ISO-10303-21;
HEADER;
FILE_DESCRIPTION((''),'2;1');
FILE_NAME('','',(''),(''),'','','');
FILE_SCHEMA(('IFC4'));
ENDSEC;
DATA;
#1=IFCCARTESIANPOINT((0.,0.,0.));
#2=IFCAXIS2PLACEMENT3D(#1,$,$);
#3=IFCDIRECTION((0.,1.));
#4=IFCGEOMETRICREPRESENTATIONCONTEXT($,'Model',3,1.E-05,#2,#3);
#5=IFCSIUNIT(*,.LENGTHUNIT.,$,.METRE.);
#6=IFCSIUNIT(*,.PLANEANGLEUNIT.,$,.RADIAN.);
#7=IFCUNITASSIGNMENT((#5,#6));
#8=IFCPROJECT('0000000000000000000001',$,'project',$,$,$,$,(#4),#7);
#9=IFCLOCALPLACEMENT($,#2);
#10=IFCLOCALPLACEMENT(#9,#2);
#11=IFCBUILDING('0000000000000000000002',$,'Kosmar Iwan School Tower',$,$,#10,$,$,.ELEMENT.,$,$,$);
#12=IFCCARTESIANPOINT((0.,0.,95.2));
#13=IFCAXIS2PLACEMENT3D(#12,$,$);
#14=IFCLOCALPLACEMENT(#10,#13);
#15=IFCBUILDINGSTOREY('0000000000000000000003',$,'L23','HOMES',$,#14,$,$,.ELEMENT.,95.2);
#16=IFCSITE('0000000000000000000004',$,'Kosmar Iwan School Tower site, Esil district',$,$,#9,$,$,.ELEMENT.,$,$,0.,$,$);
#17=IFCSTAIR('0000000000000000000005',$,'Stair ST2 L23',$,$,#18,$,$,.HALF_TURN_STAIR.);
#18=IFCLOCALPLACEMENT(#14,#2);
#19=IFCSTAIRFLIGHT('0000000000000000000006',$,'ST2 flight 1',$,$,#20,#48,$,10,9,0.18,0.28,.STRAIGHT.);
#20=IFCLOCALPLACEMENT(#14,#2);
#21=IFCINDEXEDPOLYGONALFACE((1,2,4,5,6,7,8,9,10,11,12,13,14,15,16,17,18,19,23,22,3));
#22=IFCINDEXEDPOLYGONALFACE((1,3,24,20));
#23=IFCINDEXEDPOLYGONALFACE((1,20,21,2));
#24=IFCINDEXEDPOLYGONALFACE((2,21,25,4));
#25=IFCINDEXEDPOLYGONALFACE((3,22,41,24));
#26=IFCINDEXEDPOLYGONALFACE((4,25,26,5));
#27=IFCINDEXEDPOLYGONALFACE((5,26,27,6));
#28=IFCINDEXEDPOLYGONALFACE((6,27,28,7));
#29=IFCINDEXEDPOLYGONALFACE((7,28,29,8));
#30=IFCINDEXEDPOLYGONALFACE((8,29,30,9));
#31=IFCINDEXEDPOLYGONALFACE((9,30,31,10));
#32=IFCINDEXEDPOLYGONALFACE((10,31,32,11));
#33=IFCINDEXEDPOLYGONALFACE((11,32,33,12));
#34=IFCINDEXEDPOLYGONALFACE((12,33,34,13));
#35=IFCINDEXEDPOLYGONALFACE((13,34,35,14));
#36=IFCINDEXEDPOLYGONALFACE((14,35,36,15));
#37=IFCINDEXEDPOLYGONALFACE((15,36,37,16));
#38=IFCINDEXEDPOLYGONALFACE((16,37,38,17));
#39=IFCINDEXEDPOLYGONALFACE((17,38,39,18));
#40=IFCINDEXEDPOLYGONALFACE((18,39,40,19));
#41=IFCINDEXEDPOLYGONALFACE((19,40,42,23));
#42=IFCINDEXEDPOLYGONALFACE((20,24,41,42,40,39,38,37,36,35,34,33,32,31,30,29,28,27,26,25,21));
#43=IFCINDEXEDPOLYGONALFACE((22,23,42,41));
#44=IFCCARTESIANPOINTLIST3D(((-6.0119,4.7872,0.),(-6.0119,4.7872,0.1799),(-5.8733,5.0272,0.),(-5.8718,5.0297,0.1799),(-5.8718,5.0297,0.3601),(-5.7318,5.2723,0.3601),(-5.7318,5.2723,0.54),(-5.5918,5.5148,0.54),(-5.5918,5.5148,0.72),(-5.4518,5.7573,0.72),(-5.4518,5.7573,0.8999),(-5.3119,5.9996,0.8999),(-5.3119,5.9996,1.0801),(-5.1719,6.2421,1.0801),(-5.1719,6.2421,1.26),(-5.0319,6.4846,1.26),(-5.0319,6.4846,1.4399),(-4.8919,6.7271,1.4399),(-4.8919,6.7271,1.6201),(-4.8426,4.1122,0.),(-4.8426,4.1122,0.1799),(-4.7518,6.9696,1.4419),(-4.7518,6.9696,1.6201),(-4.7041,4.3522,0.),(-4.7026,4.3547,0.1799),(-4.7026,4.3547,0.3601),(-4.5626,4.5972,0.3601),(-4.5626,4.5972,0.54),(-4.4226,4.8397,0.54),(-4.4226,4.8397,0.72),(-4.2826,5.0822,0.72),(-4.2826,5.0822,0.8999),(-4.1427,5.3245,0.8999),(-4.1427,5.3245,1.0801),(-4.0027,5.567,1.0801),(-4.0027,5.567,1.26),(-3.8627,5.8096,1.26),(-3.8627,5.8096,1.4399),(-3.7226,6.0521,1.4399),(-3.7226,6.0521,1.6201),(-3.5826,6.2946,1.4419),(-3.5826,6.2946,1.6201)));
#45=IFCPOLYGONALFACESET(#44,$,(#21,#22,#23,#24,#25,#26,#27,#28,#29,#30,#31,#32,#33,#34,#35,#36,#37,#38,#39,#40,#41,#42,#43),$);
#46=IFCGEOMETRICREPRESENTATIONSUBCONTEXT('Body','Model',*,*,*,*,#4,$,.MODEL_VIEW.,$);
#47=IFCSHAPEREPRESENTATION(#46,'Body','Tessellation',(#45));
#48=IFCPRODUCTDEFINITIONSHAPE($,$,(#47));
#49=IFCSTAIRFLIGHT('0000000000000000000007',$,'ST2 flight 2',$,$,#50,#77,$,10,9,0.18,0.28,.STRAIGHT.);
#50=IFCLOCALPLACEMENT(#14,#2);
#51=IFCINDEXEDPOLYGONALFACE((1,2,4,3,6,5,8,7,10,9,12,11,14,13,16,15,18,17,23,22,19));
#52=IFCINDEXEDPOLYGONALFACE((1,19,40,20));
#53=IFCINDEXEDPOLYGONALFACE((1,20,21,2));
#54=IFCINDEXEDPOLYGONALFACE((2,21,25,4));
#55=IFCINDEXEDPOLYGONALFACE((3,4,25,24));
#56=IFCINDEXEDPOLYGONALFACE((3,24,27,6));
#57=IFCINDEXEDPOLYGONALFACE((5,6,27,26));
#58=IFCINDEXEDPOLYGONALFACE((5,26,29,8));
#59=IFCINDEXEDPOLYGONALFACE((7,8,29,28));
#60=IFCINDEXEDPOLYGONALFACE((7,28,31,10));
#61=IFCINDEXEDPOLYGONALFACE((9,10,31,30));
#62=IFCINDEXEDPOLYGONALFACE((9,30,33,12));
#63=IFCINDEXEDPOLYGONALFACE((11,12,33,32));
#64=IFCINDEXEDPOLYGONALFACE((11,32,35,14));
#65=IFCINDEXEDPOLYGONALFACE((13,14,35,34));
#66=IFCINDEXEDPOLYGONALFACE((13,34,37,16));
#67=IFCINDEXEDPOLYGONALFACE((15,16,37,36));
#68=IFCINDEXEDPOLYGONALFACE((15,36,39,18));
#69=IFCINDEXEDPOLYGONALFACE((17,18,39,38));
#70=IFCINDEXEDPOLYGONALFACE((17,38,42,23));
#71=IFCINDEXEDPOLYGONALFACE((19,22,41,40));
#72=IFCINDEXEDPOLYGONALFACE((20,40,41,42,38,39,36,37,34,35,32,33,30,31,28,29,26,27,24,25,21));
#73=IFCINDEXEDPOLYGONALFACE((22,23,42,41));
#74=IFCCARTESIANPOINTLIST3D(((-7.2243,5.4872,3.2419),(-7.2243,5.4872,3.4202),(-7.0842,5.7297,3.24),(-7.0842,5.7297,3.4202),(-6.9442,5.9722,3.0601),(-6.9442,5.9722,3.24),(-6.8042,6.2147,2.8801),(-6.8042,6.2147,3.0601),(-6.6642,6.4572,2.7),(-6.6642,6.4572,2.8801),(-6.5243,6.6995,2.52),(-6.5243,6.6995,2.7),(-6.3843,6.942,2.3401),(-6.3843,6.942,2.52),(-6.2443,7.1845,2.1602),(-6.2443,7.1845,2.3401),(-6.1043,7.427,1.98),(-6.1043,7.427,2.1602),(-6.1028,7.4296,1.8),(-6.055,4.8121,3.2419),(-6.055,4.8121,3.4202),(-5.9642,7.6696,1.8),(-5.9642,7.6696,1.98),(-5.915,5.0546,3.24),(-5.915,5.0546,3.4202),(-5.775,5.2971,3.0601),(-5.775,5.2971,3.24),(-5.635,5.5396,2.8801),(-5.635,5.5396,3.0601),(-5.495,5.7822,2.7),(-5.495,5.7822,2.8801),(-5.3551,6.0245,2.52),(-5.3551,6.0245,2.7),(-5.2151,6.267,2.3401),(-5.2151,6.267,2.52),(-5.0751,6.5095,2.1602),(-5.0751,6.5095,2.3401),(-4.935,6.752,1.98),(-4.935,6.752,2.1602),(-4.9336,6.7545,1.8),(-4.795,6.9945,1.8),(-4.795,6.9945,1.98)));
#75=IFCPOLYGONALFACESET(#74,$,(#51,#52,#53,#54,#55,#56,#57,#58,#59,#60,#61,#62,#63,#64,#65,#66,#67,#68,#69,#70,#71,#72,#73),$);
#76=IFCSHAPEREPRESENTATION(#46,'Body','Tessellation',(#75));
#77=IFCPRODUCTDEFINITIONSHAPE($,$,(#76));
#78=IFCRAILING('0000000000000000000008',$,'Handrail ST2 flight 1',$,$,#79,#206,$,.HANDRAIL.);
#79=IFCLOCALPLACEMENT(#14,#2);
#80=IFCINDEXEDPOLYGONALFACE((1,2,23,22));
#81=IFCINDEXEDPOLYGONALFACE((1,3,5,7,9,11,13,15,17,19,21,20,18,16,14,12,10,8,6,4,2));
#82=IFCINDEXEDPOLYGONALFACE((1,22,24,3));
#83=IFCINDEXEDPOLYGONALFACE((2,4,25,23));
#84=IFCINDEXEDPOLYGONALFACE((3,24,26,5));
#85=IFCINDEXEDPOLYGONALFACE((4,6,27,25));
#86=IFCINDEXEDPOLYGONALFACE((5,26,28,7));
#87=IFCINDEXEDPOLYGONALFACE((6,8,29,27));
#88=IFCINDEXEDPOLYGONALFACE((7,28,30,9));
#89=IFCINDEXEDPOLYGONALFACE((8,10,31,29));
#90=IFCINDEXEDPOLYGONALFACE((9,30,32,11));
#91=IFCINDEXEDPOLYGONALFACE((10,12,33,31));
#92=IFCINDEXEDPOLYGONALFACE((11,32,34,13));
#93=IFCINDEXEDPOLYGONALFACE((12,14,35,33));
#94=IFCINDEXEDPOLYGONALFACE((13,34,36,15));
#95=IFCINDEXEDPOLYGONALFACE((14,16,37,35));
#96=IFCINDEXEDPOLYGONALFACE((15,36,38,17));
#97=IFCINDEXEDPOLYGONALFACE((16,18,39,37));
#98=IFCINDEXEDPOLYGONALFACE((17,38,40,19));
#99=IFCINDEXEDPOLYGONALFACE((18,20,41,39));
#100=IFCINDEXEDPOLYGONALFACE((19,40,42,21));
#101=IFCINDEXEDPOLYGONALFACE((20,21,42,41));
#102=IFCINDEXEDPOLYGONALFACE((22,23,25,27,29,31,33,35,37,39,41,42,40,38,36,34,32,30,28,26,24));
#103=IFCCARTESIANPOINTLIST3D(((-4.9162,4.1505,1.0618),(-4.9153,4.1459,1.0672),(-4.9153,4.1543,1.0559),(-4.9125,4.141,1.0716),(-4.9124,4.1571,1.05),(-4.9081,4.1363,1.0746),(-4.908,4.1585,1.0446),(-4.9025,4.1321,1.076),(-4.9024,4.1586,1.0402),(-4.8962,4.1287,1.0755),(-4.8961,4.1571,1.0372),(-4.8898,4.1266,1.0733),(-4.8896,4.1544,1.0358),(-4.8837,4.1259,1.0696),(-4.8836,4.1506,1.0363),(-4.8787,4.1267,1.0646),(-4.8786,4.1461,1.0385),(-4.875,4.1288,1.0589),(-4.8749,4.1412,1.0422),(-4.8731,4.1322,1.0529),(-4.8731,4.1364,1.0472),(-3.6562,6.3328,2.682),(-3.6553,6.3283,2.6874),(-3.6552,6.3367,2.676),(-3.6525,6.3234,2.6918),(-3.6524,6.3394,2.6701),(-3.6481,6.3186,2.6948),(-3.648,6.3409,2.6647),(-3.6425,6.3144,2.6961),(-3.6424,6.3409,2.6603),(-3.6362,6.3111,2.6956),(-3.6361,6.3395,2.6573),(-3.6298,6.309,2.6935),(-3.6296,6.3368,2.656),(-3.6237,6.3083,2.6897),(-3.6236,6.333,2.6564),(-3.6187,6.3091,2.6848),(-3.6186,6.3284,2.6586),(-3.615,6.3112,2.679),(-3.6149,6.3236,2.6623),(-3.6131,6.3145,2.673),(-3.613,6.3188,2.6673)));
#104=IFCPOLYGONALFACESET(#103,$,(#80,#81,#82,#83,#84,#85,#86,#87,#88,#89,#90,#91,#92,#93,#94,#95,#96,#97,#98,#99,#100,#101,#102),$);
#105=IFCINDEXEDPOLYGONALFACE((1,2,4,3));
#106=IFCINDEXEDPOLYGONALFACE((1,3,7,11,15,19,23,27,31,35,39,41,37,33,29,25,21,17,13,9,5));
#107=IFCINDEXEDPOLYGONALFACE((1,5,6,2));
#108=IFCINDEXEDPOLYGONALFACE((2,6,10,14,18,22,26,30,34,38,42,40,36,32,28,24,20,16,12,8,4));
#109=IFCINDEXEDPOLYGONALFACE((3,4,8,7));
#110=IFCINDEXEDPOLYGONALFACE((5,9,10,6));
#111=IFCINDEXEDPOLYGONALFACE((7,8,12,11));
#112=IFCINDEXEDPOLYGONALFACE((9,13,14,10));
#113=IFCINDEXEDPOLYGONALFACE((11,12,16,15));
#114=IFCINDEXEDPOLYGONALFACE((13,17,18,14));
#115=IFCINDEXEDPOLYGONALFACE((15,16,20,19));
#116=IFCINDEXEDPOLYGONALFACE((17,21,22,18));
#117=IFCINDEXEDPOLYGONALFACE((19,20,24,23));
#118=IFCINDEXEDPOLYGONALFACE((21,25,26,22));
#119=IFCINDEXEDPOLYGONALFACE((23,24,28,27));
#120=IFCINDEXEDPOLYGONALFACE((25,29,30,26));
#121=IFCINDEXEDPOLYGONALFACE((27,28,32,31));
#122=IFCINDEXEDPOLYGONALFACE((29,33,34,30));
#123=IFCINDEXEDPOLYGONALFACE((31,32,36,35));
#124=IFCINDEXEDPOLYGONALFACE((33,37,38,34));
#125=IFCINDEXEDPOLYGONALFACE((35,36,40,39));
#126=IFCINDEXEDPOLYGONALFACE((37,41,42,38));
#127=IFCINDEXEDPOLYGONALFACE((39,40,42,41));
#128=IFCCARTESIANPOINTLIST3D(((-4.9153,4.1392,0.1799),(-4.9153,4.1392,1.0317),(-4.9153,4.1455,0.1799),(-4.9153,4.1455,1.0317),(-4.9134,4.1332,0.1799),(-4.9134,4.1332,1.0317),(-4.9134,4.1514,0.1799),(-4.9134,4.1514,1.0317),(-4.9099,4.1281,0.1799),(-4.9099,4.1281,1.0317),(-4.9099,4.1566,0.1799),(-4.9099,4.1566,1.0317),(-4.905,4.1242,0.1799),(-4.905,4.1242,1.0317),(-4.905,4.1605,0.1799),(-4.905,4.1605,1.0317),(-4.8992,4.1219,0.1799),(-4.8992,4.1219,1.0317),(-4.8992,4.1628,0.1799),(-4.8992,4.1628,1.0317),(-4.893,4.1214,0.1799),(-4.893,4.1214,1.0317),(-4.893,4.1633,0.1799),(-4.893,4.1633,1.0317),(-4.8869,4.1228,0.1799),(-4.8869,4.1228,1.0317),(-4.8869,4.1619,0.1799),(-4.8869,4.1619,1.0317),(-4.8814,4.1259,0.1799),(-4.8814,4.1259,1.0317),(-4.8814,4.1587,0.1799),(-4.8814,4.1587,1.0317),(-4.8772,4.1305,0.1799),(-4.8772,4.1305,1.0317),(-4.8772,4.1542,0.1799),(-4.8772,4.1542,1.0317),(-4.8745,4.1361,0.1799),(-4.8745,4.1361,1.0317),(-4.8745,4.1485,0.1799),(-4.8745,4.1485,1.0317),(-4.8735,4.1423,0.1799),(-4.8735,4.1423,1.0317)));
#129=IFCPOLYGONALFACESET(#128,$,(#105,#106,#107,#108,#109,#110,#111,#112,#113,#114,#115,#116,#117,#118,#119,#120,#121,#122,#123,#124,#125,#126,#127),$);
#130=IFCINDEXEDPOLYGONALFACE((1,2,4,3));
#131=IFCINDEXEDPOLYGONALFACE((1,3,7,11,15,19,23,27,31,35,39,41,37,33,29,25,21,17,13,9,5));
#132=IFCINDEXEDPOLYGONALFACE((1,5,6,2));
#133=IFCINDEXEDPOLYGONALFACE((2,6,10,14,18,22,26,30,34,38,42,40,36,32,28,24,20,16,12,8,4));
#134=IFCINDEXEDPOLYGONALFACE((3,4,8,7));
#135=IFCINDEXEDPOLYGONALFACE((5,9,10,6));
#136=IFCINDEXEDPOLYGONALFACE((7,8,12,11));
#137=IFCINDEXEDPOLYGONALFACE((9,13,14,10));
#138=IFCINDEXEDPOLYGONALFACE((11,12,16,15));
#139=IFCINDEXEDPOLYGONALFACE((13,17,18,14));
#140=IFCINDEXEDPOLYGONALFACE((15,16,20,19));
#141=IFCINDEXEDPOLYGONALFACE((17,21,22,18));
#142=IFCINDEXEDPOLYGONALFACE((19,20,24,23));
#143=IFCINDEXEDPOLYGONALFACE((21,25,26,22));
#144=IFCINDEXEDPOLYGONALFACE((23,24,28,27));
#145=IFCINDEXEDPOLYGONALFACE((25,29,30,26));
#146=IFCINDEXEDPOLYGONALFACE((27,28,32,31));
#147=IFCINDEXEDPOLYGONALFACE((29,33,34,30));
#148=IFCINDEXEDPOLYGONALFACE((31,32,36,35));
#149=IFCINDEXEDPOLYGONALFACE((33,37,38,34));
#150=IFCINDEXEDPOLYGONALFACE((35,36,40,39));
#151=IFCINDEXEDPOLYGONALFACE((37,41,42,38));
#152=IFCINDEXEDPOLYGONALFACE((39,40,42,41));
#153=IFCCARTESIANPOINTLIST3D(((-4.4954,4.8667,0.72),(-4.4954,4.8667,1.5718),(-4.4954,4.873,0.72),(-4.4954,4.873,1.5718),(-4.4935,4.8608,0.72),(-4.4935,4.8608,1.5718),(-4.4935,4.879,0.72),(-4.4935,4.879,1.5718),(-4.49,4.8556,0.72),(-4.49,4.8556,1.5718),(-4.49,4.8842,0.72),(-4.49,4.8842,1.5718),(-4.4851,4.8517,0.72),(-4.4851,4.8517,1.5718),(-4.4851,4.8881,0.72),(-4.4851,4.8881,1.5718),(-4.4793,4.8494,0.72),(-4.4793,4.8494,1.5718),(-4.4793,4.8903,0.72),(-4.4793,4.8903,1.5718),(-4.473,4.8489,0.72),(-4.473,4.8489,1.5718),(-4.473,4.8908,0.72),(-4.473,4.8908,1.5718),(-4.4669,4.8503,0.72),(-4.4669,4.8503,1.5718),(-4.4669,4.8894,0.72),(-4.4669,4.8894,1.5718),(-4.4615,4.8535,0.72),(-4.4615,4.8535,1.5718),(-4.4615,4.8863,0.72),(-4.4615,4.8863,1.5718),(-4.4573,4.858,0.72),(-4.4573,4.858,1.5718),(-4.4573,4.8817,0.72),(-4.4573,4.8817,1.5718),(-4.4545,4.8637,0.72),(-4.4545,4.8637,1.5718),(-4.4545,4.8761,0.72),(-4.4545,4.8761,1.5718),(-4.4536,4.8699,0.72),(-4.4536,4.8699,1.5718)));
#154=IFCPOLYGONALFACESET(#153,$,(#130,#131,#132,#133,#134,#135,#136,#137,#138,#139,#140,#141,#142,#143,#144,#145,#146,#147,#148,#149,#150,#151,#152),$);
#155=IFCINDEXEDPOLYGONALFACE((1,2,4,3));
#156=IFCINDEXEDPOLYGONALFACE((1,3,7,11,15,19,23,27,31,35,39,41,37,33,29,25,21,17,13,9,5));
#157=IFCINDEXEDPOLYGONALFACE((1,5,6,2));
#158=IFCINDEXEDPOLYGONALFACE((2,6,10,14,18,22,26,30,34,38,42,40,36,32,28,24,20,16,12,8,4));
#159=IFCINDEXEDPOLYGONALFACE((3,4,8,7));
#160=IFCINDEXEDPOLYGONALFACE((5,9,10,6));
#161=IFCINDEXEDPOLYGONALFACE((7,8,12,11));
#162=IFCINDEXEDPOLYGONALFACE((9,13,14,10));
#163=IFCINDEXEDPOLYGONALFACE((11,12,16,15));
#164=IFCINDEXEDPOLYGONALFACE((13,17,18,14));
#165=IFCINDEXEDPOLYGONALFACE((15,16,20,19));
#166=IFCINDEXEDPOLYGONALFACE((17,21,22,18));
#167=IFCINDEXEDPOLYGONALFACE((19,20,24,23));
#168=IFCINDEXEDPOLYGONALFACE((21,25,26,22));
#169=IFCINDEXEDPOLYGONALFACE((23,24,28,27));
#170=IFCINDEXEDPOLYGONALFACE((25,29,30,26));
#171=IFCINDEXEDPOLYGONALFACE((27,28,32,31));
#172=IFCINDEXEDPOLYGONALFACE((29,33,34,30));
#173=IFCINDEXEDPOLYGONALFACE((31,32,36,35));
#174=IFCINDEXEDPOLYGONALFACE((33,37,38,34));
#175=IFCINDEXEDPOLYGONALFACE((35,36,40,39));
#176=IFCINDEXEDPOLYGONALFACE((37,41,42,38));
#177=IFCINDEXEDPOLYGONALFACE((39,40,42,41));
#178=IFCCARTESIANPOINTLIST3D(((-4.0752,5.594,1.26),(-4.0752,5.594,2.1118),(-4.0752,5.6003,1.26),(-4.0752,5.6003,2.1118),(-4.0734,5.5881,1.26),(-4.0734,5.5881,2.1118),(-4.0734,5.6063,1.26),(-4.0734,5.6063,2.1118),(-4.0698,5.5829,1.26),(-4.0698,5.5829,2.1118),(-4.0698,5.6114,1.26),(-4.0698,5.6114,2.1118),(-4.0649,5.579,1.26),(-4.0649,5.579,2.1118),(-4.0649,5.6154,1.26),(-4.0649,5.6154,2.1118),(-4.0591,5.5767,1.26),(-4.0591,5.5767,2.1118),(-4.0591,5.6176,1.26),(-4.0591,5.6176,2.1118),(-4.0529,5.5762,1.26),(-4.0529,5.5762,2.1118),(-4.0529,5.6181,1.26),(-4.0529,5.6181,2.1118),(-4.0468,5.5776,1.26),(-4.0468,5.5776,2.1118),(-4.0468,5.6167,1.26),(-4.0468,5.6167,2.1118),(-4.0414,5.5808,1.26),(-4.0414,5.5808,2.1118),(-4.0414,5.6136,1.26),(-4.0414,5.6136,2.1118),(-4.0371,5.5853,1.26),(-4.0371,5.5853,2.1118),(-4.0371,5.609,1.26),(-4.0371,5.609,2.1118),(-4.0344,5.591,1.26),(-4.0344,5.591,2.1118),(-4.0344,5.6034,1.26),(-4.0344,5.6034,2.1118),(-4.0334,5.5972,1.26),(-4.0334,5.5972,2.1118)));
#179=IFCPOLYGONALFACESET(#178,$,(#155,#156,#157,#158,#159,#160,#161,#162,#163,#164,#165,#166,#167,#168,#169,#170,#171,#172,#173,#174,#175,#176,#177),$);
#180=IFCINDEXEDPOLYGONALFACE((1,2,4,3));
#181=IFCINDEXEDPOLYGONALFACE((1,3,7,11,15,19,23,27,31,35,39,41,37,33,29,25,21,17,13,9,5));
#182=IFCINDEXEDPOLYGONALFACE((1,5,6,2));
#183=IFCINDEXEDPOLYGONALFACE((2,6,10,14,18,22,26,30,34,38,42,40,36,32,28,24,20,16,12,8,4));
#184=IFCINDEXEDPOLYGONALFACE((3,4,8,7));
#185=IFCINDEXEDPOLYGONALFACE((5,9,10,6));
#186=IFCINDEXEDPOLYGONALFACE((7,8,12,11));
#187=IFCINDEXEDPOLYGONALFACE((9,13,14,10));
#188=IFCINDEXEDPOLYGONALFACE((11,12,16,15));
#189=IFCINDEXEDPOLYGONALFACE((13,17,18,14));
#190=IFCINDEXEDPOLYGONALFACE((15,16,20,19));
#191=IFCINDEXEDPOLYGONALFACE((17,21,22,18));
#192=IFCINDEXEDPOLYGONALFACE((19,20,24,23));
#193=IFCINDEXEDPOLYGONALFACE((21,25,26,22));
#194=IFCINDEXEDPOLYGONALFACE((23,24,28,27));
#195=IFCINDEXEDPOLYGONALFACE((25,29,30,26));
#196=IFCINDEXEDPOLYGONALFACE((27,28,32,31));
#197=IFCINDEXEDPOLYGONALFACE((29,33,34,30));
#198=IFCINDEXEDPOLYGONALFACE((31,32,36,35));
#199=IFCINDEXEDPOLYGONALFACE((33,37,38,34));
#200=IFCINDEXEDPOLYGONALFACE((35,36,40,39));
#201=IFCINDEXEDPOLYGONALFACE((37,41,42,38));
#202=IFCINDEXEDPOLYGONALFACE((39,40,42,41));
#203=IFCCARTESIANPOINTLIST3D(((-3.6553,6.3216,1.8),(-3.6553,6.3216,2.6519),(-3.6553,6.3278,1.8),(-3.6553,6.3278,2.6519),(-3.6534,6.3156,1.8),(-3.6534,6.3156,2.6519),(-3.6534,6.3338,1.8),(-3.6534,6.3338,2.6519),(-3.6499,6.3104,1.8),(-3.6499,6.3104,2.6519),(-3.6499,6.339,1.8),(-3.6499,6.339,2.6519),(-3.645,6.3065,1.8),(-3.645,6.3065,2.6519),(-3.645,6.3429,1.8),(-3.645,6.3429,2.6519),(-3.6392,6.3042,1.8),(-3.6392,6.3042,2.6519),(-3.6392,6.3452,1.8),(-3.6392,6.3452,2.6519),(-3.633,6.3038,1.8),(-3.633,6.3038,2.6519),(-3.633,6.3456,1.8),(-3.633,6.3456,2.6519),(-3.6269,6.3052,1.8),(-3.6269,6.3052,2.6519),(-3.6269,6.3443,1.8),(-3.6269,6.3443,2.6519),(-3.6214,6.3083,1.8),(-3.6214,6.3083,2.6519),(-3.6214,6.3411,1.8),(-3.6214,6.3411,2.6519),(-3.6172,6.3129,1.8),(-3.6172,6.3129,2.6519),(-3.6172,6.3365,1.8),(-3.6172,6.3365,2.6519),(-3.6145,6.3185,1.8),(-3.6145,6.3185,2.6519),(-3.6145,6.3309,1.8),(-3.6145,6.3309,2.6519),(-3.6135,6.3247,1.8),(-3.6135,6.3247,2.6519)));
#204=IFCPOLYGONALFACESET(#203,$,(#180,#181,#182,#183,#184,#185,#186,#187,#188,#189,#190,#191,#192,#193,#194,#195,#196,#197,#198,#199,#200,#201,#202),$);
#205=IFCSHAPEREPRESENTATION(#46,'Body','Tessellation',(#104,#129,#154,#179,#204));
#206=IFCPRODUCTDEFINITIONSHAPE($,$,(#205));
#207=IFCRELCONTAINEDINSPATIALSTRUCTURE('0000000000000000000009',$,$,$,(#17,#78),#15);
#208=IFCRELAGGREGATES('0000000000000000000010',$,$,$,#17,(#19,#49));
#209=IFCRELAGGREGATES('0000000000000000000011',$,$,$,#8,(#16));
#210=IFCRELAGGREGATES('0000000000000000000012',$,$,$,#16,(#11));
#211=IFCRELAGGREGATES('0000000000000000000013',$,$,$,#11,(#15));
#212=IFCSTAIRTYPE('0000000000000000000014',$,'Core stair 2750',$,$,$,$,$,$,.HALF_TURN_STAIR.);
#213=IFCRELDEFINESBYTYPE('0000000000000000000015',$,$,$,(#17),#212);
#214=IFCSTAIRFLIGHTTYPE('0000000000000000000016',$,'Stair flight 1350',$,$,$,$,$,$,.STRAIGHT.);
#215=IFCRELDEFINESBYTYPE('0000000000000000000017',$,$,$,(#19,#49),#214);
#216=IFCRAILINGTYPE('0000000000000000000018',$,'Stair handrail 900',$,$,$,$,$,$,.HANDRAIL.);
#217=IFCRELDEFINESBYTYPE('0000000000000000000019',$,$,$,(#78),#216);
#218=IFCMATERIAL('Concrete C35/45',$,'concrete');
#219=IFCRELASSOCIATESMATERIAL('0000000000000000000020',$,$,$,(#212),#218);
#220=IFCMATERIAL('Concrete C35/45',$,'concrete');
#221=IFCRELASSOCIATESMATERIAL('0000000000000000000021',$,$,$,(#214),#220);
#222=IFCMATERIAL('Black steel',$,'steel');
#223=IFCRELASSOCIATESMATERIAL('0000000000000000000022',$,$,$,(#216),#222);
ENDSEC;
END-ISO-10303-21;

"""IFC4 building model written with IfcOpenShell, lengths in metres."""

from ifc_helpers import new_model, si_unit, direction, frame, origin, origin_2d, place, context, subcontext, project, spatial, polyline, circle, outline, extrude, material, type_object, element, aggregate, save


model = new_model("IFC4")

# Units and contexts
model_context = context("Model", 3, precision=1e-05, world=origin(), true_north=direction((0.0, 1.0)))
body_context = subcontext(model_context, "Body", "Model", "MODEL_VIEW")
ifc_project = project(units=[si_unit("LENGTHUNIT", "METRE"), si_unit("PLANEANGLEUNIT", "RADIAN")], contexts=[model_context])

# Site, building, storey
site_placement = place(None, origin())
site = spatial("IfcSite", under=ifc_project, at=site_placement, Name="Kosmar Iwan School Tower site, Esil district", CompositionType="ELEMENT", RefElevation=0.0)
building_placement = place(site_placement, origin())
building = spatial("IfcBuilding", under=site, at=building_placement, Name="Kosmar Iwan School Tower", CompositionType="ELEMENT")
storey_placement = place(building_placement, frame((0.0, 0.0, 95.2)))
storey = spatial("IfcBuildingStorey", under=building, at=storey_placement, Name="L23", Description="HOMES", CompositionType="ELEMENT", Elevation=95.2)

# Stair, stair flights
ifc_material_1 = material(Name="Concrete C35/45", Category="concrete")
stair_type = type_object("IfcStairType", Name="Core stair 2750", PredefinedType="HALF_TURN_STAIR", material=ifc_material_1)
stair_placement = place(storey_placement, origin())
stair = element("IfcStair", 1, at=stair_placement, inside=storey, type_object=stair_type, Name="Stair ST2 L23", PredefinedType="HALF_TURN_STAIR")
ifc_material_2 = material(Name="Concrete C35/45", Category="concrete")
stair_flight_type = type_object("IfcStairFlightType", Name="Stair flight 1350", PredefinedType="STRAIGHT", material=ifc_material_2)
stair_flight_1_placement = place(storey_placement, frame((-5.4272, 4.4497, 0.0), z_axis=(0.0, 0.0, 1.0), x_axis=(0.5, 0.866025, 0.0)))
stair_flight_1 = element("IfcStairFlight", 2, at=stair_flight_1_placement, type_object=stair_flight_type, Name="ST2 flight 1", NumberOfRisers=10, NumberOfTreads=9, PredefinedType="STRAIGHT", RiserHeight=0.18, TreadLength=0.28, context=body_context, shape_type="SweptSolid", body=[
    extrude(outline(polyline([(0.0, 0.0), (0.0, 0.1799), (0.28, 0.1799), (0.28, 0.3601), (0.5601, 0.3601), (0.5601, 0.54), (0.8401, 0.54), (0.8401, 0.72), (1.1201, 0.72), (1.1201, 0.8999), (1.3999, 0.8999), (1.3999, 1.0801), (1.6799, 1.0801), (1.6799, 1.26), (1.96, 1.26), (1.96, 1.4399), (2.24, 1.4399), (2.24, 1.6201), (2.52, 1.6201), (2.52, 1.8), (2.52, 1.4419), (0.2771, 0.0), (0.0, 0.0)])), frame((0.0, 0.675, 0.0), z_axis=(0.0, -1.0, 0.0), x_axis=(1.0, 0.0, 0.0)), (0.0, 0.0, 1.0), 1.3501),
])
stair_flight_2_placement = place(storey_placement, frame((-5.3796, 7.332, 1.8), z_axis=(0.0, 0.0, 1.0), x_axis=(-0.5, -0.866025, 0.0)))
stair_flight_2 = element("IfcStairFlight", 3, at=stair_flight_2_placement, type_object=stair_flight_type, Name="ST2 flight 2", NumberOfRisers=10, NumberOfTreads=9, PredefinedType="STRAIGHT", RiserHeight=0.18, TreadLength=0.28, context=body_context, shape_type="SweptSolid", body=[
    extrude(outline(polyline([(0.0, 0.0), (0.0, 0.1799), (0.28, 0.1799), (0.28, 0.3601), (0.5601, 0.3601), (0.5601, 0.54), (0.8401, 0.54), (0.8401, 0.72), (1.1201, 0.72), (1.1201, 0.8999), (1.3999, 0.8999), (1.3999, 1.0801), (1.6799, 1.0801), (1.6799, 1.26), (1.96, 1.26), (1.96, 1.4399), (2.24, 1.4399), (2.24, 1.6201), (2.52, 1.6201), (2.52, 1.8), (2.52, 1.4419), (0.2771, 0.0), (0.0, 0.0)])), frame((0.0, 0.675, 0.0), z_axis=(0.0, -1.0, 0.0), x_axis=(1.0, 0.0, 0.0)), (0.0, 0.0, 1.0), 1.3501),
])
aggregate(stair, [stair_flight_1, stair_flight_2])

# Railing
ifc_material_3 = material(Name="Black steel", Category="steel")
railing_type = type_object("IfcRailingType", Name="Stair handrail 900", PredefinedType="HANDRAIL", material=ifc_material_3)
railing_1_placement = place(storey_placement, frame((-4.8945, 4.1423, 0.1799)))
element("IfcRailing", 4, at=railing_1_placement, inside=storey, type_object=railing_type, Name="Handrail ST2 flight 1", PredefinedType="HANDRAIL", context=body_context, shape_type="SweptSolid", body=[
    extrude(circle(Radius=0.0239, at=origin_2d()), frame((0.0, 0.0, 0.876), z_axis=(0.420584, 0.728464, 0.540786), x_axis=(-0.866023, 0.500005, 0.0)), (0.0, 0.0, 1.0), 2.9958),
    extrude(circle(Radius=0.021, at=origin_2d()), origin(), (0.0, 0.0, 1.0), 0.8518),
    extrude(circle(Radius=0.021, at=origin_2d()), frame((0.4199, 0.7275, 0.54)), (0.0, 0.0, 1.0), 0.8518),
    extrude(circle(Radius=0.021, at=origin_2d()), frame((0.8401, 1.4548, 1.0801)), (0.0, 0.0, 1.0), 0.8518),
    extrude(circle(Radius=0.021, at=origin_2d()), frame((1.26, 2.1824, 1.6201)), (0.0, 0.0, 1.0), 0.8518),
])

save(model, "model.ifc")
